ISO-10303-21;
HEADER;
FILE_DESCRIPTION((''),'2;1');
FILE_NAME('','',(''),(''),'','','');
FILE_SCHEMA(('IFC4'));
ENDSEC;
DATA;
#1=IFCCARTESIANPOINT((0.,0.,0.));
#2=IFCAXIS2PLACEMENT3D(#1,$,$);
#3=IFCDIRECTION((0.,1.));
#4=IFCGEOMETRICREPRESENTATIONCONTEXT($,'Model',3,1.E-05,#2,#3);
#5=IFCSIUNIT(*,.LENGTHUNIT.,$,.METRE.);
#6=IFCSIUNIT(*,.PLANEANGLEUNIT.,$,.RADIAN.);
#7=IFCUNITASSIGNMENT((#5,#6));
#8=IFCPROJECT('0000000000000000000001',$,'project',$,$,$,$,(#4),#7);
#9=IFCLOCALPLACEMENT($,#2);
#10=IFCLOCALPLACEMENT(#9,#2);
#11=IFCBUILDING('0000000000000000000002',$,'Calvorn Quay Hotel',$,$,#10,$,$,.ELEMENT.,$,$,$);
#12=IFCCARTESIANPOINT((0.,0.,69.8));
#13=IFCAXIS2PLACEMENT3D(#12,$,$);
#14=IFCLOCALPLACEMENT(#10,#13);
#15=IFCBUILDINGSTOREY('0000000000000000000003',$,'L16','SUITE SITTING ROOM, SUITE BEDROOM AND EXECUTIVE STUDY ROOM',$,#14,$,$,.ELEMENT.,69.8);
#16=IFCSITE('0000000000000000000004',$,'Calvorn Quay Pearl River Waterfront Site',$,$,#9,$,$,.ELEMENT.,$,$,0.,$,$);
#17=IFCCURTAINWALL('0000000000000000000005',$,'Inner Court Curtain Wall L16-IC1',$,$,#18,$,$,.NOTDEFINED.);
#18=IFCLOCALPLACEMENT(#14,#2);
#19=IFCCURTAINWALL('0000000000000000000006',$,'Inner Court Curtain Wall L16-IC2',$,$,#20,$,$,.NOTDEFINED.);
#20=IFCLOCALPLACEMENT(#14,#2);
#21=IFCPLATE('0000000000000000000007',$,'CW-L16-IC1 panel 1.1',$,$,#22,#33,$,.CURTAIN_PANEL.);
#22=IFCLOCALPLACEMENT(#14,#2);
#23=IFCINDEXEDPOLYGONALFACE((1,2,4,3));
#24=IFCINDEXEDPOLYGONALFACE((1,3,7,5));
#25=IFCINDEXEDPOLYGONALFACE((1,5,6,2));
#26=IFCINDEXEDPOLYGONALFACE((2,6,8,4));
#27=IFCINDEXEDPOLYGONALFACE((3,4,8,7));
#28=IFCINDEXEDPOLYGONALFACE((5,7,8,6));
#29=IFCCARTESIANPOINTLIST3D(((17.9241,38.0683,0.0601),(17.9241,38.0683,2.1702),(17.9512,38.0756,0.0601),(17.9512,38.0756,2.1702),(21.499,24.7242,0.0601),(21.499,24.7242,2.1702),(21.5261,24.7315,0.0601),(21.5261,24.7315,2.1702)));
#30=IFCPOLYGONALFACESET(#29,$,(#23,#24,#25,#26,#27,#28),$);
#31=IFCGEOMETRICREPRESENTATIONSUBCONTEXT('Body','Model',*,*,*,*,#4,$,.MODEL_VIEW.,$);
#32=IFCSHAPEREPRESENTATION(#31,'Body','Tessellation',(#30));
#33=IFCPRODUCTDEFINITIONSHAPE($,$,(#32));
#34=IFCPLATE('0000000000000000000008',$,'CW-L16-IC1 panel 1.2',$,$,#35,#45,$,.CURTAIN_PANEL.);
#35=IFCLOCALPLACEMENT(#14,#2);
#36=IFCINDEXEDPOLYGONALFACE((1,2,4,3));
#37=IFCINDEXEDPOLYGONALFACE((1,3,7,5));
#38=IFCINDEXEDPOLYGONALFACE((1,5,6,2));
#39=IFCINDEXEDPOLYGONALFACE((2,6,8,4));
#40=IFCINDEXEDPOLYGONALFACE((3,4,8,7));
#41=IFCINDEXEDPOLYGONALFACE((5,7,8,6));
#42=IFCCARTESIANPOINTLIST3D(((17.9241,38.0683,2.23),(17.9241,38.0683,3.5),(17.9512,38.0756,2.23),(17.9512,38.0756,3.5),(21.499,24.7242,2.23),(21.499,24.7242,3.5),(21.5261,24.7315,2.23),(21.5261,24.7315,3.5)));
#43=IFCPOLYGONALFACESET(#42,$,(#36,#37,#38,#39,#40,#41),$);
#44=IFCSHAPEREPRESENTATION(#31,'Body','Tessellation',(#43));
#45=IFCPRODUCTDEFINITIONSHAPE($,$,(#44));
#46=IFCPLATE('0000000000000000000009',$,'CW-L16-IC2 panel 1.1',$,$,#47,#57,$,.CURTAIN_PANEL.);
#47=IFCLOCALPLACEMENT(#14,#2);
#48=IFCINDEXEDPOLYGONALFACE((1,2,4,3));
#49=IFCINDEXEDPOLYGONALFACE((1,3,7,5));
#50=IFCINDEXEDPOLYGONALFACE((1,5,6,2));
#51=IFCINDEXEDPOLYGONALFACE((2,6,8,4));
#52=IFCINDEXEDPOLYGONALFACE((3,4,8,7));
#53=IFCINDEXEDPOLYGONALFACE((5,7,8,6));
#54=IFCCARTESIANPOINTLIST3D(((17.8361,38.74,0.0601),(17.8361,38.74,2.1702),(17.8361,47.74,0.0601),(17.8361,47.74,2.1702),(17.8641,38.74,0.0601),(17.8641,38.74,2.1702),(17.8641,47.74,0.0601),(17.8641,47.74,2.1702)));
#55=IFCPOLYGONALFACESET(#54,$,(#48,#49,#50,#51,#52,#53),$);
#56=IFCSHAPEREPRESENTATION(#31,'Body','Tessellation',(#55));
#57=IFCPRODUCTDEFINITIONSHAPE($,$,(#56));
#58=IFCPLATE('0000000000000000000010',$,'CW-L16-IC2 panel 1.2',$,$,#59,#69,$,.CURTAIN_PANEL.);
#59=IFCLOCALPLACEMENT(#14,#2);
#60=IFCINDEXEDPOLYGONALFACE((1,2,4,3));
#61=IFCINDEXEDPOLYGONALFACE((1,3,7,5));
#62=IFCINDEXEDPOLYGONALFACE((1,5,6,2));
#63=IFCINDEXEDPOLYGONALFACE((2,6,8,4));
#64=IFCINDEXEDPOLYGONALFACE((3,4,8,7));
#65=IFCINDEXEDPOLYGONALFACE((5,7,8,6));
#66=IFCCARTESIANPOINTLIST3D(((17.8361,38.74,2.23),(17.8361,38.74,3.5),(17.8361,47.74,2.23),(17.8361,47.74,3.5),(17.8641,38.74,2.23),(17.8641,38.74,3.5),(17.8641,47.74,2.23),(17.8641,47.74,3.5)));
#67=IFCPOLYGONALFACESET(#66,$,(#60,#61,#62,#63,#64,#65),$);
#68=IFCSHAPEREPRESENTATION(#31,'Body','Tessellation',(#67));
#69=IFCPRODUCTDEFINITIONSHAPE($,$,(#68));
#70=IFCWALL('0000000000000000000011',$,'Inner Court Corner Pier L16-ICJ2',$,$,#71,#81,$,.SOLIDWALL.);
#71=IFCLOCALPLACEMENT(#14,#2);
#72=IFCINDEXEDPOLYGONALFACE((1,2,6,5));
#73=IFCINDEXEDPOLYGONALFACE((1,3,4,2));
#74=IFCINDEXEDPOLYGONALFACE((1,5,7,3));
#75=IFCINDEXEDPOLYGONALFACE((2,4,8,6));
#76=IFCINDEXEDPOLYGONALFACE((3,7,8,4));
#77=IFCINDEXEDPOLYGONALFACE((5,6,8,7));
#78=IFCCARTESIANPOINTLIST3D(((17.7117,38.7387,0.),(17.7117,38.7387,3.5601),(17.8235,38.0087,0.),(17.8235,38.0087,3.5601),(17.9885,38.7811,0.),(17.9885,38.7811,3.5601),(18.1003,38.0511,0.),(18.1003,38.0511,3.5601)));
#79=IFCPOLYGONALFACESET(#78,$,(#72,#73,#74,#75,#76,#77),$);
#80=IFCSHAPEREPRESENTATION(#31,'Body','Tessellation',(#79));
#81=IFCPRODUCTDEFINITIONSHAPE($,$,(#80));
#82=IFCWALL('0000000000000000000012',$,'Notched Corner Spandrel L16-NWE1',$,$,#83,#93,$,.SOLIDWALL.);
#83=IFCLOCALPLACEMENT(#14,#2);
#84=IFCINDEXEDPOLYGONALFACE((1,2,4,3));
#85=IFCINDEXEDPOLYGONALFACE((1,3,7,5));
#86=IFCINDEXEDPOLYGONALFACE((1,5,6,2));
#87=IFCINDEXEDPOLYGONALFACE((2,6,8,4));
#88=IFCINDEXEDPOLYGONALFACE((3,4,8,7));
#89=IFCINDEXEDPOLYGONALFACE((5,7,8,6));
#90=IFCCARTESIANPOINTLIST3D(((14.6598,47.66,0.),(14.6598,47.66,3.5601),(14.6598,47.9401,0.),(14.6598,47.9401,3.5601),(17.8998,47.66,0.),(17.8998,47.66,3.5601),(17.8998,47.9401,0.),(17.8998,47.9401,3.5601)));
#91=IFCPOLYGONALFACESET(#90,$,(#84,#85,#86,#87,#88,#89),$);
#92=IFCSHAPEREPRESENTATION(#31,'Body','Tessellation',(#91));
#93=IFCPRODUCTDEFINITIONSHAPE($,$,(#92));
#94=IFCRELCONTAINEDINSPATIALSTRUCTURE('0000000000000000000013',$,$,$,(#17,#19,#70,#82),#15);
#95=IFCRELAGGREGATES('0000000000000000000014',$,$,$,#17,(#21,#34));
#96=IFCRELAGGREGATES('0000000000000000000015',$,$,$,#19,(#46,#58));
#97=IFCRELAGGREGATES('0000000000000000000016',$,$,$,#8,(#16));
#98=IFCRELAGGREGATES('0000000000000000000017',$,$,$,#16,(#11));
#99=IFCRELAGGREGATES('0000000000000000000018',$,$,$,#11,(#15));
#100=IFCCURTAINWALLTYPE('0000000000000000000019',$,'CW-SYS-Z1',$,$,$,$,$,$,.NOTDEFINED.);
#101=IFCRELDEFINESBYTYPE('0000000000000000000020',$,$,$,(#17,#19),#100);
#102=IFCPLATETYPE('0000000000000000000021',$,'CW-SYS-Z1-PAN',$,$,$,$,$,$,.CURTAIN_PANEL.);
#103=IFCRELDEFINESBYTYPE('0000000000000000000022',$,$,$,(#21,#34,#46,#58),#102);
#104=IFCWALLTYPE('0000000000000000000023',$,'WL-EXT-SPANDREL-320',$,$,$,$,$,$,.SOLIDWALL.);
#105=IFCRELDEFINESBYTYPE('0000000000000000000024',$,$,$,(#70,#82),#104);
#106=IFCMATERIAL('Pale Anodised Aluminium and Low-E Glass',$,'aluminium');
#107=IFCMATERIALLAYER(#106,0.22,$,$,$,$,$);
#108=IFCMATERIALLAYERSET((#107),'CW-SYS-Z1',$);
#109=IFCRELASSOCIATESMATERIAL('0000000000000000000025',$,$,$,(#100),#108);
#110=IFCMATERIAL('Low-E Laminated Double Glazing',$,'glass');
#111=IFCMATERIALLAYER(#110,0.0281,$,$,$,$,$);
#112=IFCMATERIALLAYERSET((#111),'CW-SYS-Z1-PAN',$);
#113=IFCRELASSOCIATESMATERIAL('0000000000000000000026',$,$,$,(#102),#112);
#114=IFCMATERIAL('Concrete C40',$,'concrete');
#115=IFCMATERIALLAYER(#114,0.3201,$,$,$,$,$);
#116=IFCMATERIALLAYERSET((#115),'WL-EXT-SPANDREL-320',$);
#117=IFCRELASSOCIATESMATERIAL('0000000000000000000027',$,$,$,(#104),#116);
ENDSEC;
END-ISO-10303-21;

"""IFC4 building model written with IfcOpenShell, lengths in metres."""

from ifc_helpers import new_model, si_unit, direction, frame, frame_2d, origin, origin_2d, place, context, subcontext, project, spatial, rectangle, extrude, material, layer, layer_set, type_object, element, aggregate, save


model = new_model("IFC4")

# Units and contexts
model_context = context("Model", 3, precision=1e-05, world=origin(), true_north=direction((0.0, 1.0)))
body_context = subcontext(model_context, "Body", "Model", "MODEL_VIEW")
ifc_project = project(units=[si_unit("LENGTHUNIT", "METRE"), si_unit("PLANEANGLEUNIT", "RADIAN")], contexts=[model_context])

# Site, building, storey
site_placement = place(None, origin())
site = spatial("IfcSite", under=ifc_project, at=site_placement, Name="Calvorn Quay Pearl River Waterfront Site", CompositionType="ELEMENT", RefElevation=0.0)
building_placement = place(site_placement, origin())
building = spatial("IfcBuilding", under=site, at=building_placement, Name="Calvorn Quay Hotel", CompositionType="ELEMENT")
storey_placement = place(building_placement, frame((0.0, 0.0, 69.8)))
storey = spatial("IfcBuildingStorey", under=building, at=storey_placement, Name="L16", Description="SUITE SITTING ROOM, SUITE BEDROOM AND EXECUTIVE STUDY ROOM", CompositionType="ELEMENT", Elevation=69.8)

# Curtain wall
ifc_material_1 = material(Name="Pale Anodised Aluminium and Low-E Glass", Category="aluminium")
ifc_layer_1 = layer(ifc_material_1, 0.22)
ifc_layer_set_1 = layer_set([ifc_layer_1], Name="CW-SYS-Z1")
curtain_wall_type = type_object("IfcCurtainWallType", Name="CW-SYS-Z1", PredefinedType="NOTDEFINED", material=ifc_layer_set_1)
curtain_wall_1_placement = place(storey_placement, origin())
curtain_wall_1 = element("IfcCurtainWall", 1, at=curtain_wall_1_placement, inside=storey, type_object=curtain_wall_type, Name="Inner Court Curtain Wall L16-IC1", PredefinedType="NOTDEFINED")

# Curtain wall
curtain_wall_2_placement = place(storey_placement, origin())
curtain_wall_2 = element("IfcCurtainWall", 2, at=curtain_wall_2_placement, inside=storey, type_object=curtain_wall_type, Name="Inner Court Curtain Wall L16-IC2", PredefinedType="NOTDEFINED")

# Plates
ifc_material_2 = material(Name="Low-E Laminated Double Glazing", Category="glass")
ifc_layer_2 = layer(ifc_material_2, 0.0281)
ifc_layer_set_2 = layer_set([ifc_layer_2], Name="CW-SYS-Z1-PAN")
plate_type = type_object("IfcPlateType", Name="CW-SYS-Z1-PAN", PredefinedType="CURTAIN_PANEL", material=ifc_layer_set_2)
plate_1_placement = place(storey_placement, frame((19.7251, 31.3999, 0.0601), z_axis=(0.0, 0.0, 1.0), x_axis=(-0.258779, 0.965937, 0.0)))
plate_1 = element("IfcPlate", 3, at=plate_1_placement, type_object=plate_type, Name="CW-L16-IC1 panel 1.1", PredefinedType="CURTAIN_PANEL", context=body_context, shape_type="SweptSolid", body=[
    extrude(rectangle(XDim=13.8147, YDim=0.0281, at=origin_2d()), origin(), (0.0, 0.0, 1.0), 2.1101),
])
plate_2_placement = place(storey_placement, frame((19.7251, 31.3999, 2.23), z_axis=(0.0, 0.0, 1.0), x_axis=(-0.258779, 0.965937, 0.0)))
plate_2 = element("IfcPlate", 4, at=plate_2_placement, type_object=plate_type, Name="CW-L16-IC1 panel 1.2", PredefinedType="CURTAIN_PANEL", context=body_context, shape_type="SweptSolid", body=[
    extrude(rectangle(XDim=13.8147, YDim=0.0281, at=origin_2d()), origin(), (0.0, 0.0, 1.0), 1.27),
])
aggregate(curtain_wall_1, [plate_1, plate_2])
plate_3_placement = place(storey_placement, frame((17.8501, 43.24, 0.0601), z_axis=(0.0, 0.0, 1.0), x_axis=(0.0, 1.0, 0.0)))
plate_3 = element("IfcPlate", 5, at=plate_3_placement, type_object=plate_type, Name="CW-L16-IC2 panel 1.1", PredefinedType="CURTAIN_PANEL", context=body_context, shape_type="SweptSolid", body=[
    extrude(rectangle(XDim=9.0, YDim=0.0281, at=origin_2d()), origin(), (0.0, 0.0, 1.0), 2.1101),
])
plate_4_placement = place(storey_placement, frame((17.8501, 43.24, 2.23), z_axis=(0.0, 0.0, 1.0), x_axis=(0.0, 1.0, 0.0)))
plate_4 = element("IfcPlate", 6, at=plate_4_placement, type_object=plate_type, Name="CW-L16-IC2 panel 1.2", PredefinedType="CURTAIN_PANEL", context=body_context, shape_type="SweptSolid", body=[
    extrude(rectangle(XDim=9.0, YDim=0.0281, at=origin_2d()), origin(), (0.0, 0.0, 1.0), 1.27),
])
aggregate(curtain_wall_2, [plate_3, plate_4])

# Walls
ifc_material_3 = material(Name="Concrete C40", Category="concrete")
ifc_layer_3 = layer(ifc_material_3, 0.3201)
ifc_layer_set_3 = layer_set([ifc_layer_3], Name="WL-EXT-SPANDREL-320")
wall_type = type_object("IfcWallType", Name="WL-EXT-SPANDREL-320", PredefinedType="SOLIDWALL", material=ifc_layer_set_3)
wall_1_placement = place(storey_placement, frame((17.9619, 38.03, 0.0), z_axis=(0.0, 0.0, 1.0), x_axis=(-0.151411, 0.988471, 0.0)))
element("IfcWall", 7, at=wall_1_placement, inside=storey, type_object=wall_type, Name="Inner Court Corner Pier L16-ICJ2", PredefinedType="SOLIDWALL", context=body_context, shape_type="SweptSolid", body=[
    extrude(rectangle(XDim=0.7385, YDim=0.28, at=frame_2d((0.3691, 0.0))), origin(), (0.0, 0.0, 1.0), 3.5601),
])
wall_2_placement = place(storey_placement, frame((17.8999, 47.8, 0.0), z_axis=(0.0, 0.0, 1.0), x_axis=(-1.0, 0.0, 0.0)))
element("IfcWall", 8, at=wall_2_placement, inside=storey, type_object=wall_type, Name="Notched Corner Spandrel L16-NWE1", PredefinedType="SOLIDWALL", context=body_context, shape_type="SweptSolid", body=[
    extrude(rectangle(XDim=3.24, YDim=0.28, at=frame_2d((1.6201, 0.0))), origin(), (0.0, 0.0, 1.0), 3.5601),
])

save(model, "model.ifc")
